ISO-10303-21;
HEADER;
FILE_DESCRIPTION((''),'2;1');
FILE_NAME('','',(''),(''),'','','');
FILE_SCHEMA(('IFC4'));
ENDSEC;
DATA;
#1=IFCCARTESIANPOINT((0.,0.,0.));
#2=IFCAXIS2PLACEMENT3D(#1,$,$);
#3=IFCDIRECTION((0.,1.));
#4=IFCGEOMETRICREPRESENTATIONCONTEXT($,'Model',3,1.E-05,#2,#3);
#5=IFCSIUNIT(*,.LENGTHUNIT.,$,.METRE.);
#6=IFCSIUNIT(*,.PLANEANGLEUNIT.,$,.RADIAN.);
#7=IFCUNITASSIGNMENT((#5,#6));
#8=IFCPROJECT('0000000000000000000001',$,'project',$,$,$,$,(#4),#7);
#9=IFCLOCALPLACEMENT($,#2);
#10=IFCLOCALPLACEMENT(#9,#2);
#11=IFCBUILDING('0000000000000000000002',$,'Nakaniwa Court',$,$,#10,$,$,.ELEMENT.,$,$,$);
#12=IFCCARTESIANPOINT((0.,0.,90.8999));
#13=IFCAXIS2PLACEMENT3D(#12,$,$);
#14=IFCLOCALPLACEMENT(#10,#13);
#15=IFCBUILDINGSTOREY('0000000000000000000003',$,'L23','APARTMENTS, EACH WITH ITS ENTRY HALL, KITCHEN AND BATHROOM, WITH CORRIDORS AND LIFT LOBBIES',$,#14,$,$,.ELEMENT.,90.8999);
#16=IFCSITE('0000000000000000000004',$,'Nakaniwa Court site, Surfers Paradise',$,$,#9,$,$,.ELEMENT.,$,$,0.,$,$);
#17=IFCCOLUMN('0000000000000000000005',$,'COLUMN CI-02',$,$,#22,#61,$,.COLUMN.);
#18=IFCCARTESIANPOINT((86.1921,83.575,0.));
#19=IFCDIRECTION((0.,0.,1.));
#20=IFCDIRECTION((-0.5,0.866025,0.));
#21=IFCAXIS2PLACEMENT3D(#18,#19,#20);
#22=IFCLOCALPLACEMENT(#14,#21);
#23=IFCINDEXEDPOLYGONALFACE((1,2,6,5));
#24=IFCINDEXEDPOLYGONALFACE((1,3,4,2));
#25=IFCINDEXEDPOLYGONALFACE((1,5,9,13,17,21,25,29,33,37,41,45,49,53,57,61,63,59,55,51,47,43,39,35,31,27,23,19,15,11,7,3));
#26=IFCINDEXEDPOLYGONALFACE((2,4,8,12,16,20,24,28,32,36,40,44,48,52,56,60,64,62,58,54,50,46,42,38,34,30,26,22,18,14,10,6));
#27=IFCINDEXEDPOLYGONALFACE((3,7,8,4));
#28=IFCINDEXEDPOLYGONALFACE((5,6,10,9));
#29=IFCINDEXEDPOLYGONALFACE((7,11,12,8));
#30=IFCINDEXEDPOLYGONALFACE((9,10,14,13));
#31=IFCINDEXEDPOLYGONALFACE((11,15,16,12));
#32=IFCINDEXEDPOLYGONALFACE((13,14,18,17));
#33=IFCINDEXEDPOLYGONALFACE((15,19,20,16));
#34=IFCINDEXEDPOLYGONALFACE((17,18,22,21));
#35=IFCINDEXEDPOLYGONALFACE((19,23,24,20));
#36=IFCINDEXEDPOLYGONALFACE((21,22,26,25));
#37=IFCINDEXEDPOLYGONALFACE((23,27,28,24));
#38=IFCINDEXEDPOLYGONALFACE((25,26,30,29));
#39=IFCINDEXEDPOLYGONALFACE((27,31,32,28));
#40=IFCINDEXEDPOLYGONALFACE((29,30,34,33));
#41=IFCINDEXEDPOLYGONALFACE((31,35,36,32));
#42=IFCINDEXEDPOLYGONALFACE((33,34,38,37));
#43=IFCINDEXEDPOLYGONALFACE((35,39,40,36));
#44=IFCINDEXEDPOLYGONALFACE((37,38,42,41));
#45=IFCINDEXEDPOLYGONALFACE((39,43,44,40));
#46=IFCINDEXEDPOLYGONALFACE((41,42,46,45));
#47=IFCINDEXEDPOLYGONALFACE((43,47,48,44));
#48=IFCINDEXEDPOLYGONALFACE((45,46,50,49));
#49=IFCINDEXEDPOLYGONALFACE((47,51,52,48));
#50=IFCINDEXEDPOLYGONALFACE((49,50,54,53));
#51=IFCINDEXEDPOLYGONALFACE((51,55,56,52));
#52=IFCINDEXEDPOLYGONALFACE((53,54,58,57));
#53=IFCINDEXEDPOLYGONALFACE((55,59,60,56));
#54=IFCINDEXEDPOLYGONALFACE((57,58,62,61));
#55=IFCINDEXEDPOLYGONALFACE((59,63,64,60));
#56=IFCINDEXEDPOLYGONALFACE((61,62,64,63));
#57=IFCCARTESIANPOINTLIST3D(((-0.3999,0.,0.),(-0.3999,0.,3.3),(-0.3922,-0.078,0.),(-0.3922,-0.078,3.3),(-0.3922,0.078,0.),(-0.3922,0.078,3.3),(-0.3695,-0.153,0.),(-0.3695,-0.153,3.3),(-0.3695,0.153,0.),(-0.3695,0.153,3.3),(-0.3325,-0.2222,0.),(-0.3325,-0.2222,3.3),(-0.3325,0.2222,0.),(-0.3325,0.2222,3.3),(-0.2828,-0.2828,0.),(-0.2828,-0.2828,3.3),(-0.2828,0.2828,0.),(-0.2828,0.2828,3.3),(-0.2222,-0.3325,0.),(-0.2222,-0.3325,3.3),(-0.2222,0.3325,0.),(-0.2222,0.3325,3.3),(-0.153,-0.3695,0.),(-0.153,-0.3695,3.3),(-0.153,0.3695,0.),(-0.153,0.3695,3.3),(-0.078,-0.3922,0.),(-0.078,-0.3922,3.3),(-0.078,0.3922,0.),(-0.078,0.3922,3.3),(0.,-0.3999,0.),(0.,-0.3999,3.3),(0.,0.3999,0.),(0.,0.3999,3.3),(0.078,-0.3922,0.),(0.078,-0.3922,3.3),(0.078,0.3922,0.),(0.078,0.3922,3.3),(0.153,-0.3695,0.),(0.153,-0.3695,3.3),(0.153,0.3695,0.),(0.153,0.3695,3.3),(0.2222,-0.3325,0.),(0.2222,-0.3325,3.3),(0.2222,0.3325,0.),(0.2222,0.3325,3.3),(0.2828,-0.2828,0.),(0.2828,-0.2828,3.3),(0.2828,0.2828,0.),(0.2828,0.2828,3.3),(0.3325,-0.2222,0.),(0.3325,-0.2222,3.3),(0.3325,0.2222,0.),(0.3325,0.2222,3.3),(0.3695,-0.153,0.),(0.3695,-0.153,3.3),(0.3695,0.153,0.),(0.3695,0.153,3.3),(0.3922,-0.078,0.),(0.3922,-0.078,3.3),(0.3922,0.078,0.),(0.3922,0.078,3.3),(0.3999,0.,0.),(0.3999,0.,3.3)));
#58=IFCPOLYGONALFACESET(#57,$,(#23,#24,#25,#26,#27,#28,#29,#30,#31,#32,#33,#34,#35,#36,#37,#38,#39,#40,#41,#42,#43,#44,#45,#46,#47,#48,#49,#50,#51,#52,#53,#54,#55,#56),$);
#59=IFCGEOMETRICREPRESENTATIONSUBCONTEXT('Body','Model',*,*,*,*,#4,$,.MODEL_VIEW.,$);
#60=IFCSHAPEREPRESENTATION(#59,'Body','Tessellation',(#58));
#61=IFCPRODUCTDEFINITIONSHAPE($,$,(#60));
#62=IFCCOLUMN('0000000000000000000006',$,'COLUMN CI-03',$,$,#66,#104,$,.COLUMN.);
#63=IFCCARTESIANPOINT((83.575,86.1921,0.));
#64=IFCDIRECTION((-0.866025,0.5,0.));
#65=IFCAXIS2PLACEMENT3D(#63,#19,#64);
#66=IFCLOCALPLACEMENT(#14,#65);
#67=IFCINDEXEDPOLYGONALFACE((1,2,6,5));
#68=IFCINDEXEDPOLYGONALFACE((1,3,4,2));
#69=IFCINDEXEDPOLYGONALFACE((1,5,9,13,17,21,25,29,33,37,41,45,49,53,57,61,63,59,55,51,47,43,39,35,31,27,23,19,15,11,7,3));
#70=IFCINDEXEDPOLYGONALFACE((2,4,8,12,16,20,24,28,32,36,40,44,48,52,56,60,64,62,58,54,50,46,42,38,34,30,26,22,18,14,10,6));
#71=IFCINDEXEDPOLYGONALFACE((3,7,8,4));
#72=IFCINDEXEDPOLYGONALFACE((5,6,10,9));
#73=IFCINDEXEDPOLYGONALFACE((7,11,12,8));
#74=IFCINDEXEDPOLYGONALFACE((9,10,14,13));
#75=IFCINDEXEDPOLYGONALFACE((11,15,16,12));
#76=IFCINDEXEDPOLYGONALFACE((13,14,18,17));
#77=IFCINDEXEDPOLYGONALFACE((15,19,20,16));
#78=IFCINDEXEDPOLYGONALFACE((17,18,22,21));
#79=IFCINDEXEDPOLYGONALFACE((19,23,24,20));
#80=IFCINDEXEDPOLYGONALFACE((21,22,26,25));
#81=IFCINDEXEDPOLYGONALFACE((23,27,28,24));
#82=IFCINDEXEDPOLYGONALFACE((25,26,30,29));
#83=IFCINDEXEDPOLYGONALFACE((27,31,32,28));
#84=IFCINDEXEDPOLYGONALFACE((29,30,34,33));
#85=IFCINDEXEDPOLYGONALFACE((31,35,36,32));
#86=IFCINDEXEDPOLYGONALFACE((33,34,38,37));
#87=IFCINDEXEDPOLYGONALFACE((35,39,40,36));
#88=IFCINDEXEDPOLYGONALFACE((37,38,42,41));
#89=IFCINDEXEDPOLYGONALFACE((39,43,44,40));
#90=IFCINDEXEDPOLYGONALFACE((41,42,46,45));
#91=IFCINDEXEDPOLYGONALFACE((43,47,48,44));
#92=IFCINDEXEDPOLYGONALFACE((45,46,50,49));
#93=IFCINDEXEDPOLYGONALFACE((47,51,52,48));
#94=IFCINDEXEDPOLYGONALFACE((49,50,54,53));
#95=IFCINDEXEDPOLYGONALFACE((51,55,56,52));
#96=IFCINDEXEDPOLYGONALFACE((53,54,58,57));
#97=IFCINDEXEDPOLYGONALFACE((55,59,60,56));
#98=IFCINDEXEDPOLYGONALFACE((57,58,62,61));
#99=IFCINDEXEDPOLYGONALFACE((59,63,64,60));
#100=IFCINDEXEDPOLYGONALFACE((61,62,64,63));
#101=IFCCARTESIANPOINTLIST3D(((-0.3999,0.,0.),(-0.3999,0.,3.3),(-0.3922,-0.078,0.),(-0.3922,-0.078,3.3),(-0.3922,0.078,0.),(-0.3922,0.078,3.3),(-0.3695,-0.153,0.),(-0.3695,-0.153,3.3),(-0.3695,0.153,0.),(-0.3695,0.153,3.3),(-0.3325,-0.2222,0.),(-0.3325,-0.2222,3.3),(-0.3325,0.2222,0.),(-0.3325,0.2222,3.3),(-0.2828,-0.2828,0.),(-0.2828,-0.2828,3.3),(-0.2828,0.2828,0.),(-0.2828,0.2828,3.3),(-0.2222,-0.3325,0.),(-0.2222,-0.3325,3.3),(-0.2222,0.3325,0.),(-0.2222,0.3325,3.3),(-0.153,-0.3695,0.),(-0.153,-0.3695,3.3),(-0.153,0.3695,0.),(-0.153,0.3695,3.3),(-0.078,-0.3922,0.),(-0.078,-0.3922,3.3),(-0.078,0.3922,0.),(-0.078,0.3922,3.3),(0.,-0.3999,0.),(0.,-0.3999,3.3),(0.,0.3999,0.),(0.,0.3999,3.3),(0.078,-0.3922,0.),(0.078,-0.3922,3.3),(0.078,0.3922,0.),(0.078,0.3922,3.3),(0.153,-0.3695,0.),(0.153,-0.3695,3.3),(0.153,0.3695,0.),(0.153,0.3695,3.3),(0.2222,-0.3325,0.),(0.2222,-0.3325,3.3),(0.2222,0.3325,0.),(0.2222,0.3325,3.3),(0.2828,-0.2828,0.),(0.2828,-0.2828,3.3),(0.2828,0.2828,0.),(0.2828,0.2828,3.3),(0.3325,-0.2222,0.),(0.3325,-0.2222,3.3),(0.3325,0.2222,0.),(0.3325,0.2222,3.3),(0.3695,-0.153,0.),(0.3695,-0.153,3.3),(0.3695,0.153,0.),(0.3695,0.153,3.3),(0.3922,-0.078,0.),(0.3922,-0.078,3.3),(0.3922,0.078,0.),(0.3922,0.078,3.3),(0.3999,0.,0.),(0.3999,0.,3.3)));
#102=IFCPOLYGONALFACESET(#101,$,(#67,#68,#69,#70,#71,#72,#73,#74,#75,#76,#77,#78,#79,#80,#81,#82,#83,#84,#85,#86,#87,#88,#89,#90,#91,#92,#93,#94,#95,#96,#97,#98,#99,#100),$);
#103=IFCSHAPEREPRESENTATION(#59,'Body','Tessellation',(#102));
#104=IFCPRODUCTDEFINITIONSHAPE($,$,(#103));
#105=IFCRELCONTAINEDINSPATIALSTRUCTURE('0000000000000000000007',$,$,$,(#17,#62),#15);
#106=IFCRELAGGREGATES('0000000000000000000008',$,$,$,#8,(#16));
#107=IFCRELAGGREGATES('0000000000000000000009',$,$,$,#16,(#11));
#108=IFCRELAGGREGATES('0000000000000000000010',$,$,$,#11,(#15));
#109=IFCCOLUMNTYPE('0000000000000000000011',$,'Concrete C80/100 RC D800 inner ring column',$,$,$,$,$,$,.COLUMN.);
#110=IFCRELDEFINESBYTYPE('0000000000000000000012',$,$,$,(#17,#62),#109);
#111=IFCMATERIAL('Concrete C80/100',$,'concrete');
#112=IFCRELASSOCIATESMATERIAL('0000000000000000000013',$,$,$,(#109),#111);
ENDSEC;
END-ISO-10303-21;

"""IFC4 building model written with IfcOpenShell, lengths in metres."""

from ifc_helpers import new_model, si_unit, direction, frame, origin, origin_2d, place, context, subcontext, project, spatial, circle, extrude, material, material_profile, profile_set, type_object, element, save


model = new_model("IFC4")

# Units and contexts
model_context = context("Model", 3, precision=1e-05, world=origin(), true_north=direction((0.0, 1.0)))
body_context = subcontext(model_context, "Body", "Model", "MODEL_VIEW")
ifc_project = project(units=[si_unit("LENGTHUNIT", "METRE"), si_unit("PLANEANGLEUNIT", "RADIAN")], contexts=[model_context])

# Site, building, storey
site_placement = place(None, origin())
site = spatial("IfcSite", under=ifc_project, at=site_placement, Name="Nakaniwa Court site, Surfers Paradise", CompositionType="ELEMENT", RefElevation=0.0)
building_placement = place(site_placement, origin())
building = spatial("IfcBuilding", under=site, at=building_placement, Name="Nakaniwa Court", CompositionType="ELEMENT")
storey_placement = place(building_placement, frame((0.0, 0.0, 90.8999)))
storey = spatial("IfcBuildingStorey", under=building, at=storey_placement, Name="L23", Description="APARTMENTS, EACH WITH ITS ENTRY HALL, KITCHEN AND BATHROOM, WITH CORRIDORS AND LIFT LOBBIES", CompositionType="ELEMENT", Elevation=90.8999)

# Columns
ifc_material_1 = material(Name="Concrete C80/100", Category="concrete")
ifc_material_profile_1 = material_profile(ifc_material_1, circle(Radius=0.3999, at=origin_2d()), Name="Concrete C80/100 RC D800 inner ring column")
ifc_profile_set_1 = profile_set([ifc_material_profile_1], Name="Concrete C80/100")
column_type = type_object("IfcColumnType", Name="Concrete C80/100 RC D800 inner ring column", PredefinedType="COLUMN", material=ifc_profile_set_1)
for number, where, z_axis, x_axis, name in (
    (1, (86.1921, 83.575, 0.0), (0.0, 0.0, 1.0), (-0.5, 0.866025, 0.0), "COLUMN CI-02"),
    (2, (83.575, 86.1921, 0.0), (0.0, 0.0, 1.0), (-0.866025, 0.5, 0.0), "COLUMN CI-03"),
):
    element("IfcColumn", number, at=place(storey_placement, frame(where, z_axis=z_axis, x_axis=x_axis)), inside=storey, type_object=column_type, Name=name, PredefinedType="COLUMN", context=body_context, shape_type="SweptSolid", body=[
        extrude(circle(Radius=0.3999, at=origin_2d()), origin(), (0.0, 0.0, 1.0), 3.3),
    ])

save(model, "model.ifc")
